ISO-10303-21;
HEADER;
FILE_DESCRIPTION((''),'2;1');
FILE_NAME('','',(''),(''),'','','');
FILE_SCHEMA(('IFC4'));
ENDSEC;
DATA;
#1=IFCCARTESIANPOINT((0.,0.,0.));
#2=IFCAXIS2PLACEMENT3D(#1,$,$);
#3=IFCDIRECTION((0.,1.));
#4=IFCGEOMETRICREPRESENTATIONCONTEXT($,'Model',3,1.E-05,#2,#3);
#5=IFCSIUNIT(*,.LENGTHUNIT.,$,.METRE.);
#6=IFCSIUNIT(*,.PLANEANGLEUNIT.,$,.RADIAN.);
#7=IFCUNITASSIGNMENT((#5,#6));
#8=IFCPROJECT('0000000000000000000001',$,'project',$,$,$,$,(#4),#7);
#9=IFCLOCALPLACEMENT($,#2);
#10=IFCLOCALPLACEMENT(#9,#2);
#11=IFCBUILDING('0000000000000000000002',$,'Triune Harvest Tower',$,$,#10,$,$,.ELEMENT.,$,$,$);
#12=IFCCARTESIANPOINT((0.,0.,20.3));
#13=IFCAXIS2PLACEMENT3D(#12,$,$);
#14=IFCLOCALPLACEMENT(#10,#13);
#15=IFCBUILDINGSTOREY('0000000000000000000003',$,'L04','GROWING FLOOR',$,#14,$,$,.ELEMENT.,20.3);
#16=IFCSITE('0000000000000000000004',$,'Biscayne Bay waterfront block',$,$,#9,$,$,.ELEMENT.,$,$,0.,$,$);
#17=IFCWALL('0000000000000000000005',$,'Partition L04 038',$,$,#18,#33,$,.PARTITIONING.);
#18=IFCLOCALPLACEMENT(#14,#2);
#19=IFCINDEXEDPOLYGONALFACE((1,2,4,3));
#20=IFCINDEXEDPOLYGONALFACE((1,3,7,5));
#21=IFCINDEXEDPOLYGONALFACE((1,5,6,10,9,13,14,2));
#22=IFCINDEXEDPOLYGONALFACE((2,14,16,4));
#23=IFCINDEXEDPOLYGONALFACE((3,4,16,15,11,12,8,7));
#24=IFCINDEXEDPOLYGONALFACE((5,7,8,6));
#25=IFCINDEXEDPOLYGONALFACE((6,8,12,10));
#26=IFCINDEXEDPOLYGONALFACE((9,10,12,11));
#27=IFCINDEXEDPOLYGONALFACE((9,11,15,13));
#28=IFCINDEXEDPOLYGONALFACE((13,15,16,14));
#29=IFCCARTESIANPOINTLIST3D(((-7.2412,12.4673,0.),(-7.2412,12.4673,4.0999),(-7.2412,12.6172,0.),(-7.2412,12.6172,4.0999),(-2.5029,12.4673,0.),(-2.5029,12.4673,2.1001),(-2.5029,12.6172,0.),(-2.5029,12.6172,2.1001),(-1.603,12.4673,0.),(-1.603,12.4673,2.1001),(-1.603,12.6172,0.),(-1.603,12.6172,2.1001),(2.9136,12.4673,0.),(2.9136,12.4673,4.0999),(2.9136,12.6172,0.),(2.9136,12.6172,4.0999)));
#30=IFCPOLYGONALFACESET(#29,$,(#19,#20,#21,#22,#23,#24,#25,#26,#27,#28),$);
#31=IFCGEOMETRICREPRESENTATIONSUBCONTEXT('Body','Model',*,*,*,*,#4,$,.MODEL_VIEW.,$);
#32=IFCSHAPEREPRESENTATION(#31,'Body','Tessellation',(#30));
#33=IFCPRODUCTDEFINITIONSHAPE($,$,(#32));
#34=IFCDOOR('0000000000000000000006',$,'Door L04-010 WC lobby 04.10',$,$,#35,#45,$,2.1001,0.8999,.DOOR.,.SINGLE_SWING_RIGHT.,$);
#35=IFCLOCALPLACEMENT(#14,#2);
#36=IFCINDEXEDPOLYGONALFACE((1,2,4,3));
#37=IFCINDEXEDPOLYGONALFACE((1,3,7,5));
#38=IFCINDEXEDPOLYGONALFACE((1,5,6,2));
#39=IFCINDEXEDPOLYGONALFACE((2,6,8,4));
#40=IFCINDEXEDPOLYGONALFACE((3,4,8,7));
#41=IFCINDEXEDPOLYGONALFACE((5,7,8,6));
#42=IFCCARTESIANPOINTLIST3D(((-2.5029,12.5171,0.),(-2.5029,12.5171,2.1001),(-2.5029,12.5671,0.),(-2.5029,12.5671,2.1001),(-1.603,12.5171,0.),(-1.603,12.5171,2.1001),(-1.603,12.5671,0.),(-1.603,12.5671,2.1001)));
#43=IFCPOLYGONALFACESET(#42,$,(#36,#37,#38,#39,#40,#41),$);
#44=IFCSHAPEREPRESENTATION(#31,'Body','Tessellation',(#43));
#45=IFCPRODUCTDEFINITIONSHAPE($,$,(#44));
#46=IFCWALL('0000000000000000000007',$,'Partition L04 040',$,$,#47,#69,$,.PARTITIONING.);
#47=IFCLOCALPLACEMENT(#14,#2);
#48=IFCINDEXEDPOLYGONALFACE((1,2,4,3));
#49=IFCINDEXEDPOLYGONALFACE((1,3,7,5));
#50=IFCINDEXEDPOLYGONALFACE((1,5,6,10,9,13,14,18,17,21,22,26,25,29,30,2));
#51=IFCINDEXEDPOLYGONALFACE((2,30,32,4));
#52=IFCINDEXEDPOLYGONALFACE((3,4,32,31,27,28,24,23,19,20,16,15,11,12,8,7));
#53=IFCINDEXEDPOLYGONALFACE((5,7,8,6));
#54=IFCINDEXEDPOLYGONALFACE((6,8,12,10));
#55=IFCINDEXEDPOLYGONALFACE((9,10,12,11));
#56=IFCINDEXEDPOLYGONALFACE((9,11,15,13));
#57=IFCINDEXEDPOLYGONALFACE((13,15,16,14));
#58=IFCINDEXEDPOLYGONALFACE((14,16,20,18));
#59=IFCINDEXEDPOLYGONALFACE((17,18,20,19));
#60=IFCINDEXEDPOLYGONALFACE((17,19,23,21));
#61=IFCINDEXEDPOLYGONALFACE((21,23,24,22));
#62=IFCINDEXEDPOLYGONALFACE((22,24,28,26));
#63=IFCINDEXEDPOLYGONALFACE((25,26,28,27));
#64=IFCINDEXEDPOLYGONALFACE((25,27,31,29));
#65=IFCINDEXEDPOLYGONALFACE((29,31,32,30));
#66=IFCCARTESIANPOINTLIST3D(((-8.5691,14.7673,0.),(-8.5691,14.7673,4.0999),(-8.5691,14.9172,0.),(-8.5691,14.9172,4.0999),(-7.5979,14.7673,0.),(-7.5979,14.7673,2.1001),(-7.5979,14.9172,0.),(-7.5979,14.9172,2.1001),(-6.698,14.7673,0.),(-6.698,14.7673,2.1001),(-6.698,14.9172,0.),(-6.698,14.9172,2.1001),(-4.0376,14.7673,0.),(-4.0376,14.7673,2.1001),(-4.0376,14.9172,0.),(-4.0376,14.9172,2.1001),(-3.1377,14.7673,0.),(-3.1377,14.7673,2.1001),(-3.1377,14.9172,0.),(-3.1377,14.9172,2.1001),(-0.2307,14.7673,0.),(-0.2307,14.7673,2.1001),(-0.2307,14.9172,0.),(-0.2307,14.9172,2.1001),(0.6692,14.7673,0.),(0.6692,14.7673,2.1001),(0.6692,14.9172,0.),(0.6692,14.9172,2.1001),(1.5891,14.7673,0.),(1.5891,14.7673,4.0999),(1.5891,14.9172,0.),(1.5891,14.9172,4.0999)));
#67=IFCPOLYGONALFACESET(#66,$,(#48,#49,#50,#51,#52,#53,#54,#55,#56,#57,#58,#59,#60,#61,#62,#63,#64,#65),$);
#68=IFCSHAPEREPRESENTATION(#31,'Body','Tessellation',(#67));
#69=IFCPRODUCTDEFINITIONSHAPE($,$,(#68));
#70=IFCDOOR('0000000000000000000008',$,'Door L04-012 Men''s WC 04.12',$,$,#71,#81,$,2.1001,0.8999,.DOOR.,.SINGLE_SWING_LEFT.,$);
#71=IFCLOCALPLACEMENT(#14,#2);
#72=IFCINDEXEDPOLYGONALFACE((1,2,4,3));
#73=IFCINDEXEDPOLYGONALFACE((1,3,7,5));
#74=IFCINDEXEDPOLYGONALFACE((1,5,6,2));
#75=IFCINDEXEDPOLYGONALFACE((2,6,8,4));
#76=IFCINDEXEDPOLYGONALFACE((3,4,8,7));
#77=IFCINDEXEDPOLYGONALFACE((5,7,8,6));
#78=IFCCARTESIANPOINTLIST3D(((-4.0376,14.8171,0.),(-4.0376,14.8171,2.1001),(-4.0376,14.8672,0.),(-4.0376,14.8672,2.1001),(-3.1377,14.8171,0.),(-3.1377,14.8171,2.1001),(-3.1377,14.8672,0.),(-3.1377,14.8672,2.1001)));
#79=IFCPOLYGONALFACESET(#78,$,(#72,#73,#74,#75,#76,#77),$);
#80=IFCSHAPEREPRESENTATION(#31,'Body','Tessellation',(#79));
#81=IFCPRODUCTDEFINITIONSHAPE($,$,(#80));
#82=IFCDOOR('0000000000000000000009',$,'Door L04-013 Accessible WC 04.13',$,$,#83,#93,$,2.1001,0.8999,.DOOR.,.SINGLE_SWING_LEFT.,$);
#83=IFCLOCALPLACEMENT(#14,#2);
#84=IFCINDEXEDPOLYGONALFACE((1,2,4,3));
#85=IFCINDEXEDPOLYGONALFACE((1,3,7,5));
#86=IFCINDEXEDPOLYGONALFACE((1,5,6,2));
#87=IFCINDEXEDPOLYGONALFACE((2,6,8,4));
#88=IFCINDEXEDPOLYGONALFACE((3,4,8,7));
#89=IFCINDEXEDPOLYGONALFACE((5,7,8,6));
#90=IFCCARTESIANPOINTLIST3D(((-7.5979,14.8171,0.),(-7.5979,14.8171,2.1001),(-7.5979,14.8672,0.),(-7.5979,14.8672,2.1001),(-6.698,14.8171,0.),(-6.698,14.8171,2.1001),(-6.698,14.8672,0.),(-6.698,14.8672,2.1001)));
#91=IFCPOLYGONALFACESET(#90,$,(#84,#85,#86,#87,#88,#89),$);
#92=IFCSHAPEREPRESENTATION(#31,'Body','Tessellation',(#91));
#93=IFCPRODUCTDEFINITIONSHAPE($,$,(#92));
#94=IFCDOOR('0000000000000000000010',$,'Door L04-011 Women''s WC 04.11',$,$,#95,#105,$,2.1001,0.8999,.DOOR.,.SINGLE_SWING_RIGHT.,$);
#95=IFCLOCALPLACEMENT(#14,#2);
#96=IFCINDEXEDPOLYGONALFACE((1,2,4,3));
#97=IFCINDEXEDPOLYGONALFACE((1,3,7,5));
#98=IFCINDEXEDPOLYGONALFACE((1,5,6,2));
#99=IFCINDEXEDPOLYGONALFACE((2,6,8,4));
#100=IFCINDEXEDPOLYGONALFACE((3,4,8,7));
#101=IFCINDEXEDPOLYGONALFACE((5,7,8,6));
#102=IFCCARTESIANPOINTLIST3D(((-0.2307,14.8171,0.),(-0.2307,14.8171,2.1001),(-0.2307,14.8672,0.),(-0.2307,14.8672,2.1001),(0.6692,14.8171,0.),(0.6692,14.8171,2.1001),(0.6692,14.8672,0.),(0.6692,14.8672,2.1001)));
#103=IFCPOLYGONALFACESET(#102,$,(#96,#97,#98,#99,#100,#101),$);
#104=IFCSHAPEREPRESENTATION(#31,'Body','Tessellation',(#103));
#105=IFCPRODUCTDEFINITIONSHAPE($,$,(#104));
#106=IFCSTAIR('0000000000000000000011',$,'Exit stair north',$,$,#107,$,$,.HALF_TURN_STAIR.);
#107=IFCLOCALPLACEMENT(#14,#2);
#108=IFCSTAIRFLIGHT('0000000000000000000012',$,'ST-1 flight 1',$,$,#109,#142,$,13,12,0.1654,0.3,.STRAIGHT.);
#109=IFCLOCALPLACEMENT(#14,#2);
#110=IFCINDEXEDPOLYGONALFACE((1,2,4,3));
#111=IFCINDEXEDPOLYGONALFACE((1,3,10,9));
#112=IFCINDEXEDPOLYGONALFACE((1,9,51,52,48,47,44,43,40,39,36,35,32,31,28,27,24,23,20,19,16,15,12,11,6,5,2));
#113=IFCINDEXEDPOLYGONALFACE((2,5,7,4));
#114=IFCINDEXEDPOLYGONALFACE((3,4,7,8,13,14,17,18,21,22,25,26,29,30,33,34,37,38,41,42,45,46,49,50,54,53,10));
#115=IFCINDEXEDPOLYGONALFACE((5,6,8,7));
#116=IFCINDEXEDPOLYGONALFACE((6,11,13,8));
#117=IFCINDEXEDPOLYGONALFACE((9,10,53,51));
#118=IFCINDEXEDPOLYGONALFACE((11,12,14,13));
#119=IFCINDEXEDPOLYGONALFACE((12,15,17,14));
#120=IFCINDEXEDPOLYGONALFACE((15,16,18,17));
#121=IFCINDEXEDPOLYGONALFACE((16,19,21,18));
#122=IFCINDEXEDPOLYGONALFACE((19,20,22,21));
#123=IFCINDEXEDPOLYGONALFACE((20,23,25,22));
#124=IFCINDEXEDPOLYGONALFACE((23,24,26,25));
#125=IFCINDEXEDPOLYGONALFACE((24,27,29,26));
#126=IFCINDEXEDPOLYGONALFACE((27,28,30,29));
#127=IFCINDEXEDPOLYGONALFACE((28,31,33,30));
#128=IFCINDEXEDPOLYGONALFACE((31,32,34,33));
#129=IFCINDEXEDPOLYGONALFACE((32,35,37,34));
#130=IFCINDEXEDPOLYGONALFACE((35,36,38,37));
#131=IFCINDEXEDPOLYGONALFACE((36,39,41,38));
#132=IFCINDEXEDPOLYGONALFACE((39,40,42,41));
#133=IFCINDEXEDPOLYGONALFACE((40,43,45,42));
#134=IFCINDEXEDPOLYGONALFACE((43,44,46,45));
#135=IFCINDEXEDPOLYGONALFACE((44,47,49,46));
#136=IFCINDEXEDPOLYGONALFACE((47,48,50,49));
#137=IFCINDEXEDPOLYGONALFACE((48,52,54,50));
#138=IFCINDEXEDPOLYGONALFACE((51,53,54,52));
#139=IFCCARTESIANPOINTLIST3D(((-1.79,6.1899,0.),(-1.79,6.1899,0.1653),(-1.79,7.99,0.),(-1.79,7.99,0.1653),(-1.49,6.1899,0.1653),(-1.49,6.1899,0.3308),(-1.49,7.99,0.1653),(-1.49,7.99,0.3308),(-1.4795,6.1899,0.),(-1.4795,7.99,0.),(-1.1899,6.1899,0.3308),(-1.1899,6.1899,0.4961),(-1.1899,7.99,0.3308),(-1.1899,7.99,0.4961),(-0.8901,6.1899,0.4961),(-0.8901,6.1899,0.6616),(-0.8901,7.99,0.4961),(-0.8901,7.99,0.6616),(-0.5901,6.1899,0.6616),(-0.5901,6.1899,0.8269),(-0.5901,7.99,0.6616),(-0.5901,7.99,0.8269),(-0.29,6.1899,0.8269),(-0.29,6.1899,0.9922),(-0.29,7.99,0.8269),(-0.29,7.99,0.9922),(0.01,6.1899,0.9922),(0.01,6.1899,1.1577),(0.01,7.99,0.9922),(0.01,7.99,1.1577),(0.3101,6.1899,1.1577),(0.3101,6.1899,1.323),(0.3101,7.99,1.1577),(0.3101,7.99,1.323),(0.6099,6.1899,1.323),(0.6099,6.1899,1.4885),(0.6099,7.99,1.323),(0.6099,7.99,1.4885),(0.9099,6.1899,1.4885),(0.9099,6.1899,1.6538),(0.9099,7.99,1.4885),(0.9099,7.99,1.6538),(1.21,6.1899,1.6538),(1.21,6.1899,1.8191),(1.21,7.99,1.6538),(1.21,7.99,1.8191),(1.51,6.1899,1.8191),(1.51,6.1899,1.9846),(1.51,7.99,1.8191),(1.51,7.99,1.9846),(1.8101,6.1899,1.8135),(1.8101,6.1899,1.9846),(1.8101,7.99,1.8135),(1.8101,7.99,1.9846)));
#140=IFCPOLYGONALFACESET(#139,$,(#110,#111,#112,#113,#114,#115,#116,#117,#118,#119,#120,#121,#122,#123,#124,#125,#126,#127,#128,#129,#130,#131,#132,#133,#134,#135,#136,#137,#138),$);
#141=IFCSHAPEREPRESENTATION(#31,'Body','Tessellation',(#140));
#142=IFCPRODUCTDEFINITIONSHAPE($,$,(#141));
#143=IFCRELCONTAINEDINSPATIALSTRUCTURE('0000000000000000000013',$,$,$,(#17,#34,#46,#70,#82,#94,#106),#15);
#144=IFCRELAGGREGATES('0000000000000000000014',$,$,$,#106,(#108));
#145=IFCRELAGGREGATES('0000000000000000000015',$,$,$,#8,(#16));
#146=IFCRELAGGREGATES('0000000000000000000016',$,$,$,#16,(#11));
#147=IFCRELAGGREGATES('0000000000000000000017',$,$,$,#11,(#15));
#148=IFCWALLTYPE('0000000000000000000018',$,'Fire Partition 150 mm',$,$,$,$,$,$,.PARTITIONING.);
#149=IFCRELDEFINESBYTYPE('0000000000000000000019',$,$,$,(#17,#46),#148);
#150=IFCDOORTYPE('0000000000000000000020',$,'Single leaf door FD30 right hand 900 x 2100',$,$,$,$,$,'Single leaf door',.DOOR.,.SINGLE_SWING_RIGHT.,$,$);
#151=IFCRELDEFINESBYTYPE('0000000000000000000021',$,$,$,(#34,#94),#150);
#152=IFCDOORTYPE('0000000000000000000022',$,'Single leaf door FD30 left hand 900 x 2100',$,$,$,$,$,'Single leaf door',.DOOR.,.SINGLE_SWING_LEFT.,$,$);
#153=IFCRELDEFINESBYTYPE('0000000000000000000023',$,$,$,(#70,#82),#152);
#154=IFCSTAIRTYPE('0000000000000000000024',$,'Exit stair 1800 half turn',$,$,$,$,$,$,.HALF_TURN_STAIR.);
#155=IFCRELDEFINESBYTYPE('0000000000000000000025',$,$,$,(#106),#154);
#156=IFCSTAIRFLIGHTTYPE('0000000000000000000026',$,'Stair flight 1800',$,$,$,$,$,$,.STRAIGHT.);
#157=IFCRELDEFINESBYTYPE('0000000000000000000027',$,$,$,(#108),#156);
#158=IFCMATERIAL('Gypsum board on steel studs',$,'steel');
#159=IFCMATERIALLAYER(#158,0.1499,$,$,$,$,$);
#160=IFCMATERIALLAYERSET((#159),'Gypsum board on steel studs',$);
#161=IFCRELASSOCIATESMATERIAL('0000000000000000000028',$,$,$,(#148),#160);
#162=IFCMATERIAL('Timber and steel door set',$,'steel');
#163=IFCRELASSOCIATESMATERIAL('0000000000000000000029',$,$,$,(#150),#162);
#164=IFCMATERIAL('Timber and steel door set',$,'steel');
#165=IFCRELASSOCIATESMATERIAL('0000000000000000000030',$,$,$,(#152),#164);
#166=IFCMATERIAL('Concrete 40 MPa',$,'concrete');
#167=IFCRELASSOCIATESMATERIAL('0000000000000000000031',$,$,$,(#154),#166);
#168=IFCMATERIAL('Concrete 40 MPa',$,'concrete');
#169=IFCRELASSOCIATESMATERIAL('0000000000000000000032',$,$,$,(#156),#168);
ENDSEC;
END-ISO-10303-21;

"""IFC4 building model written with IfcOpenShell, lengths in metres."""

from ifc_helpers import new_model, si_unit, direction, frame, frame_2d, origin, place, context, subcontext, project, spatial, polyline, rectangle, outline, extrude, source, transform, mapped, material, layer, layer_set, type_object, element, fill, aggregate, save


model = new_model("IFC4")

# Units and contexts
model_context = context("Model", 3, precision=1e-05, world=origin(), true_north=direction((0.0, 1.0)))
body_context = subcontext(model_context, "Body", "Model", "MODEL_VIEW")
ifc_project = project(units=[si_unit("LENGTHUNIT", "METRE"), si_unit("PLANEANGLEUNIT", "RADIAN")], contexts=[model_context])

# Site, building, storey
site_placement = place(None, origin())
site = spatial("IfcSite", under=ifc_project, at=site_placement, Name="Biscayne Bay waterfront block", CompositionType="ELEMENT", RefElevation=0.0)
building_placement = place(site_placement, origin())
building = spatial("IfcBuilding", under=site, at=building_placement, Name="Triune Harvest Tower", CompositionType="ELEMENT")
storey_placement = place(building_placement, frame((0.0, 0.0, 20.3)))
storey = spatial("IfcBuildingStorey", under=building, at=storey_placement, Name="L04", Description="GROWING FLOOR", CompositionType="ELEMENT", Elevation=20.3)

# Wall, opening, door
ifc_material_1 = material(Name="Gypsum board on steel studs", Category="steel")
ifc_layer_1 = layer(ifc_material_1, 0.1499)
ifc_layer_set_1 = layer_set([ifc_layer_1], Name="Gypsum board on steel studs")
wall_type_1 = type_object("IfcWallType", Name="Fire Partition 150 mm", PredefinedType="PARTITIONING", material=ifc_layer_set_1)
shared_shape_1 = source(origin(), body_context, "Body", "SweptSolid", [
    extrude(rectangle(XDim=10.1548, YDim=0.1499, at=frame_2d((5.0774, 0.0))), origin(), (0.0, 0.0, 1.0), 4.0999),
])
wall_1_placement = place(storey_placement, frame((-7.2412, 12.5422, 0.0), z_axis=(0.0, 0.0, 1.0), x_axis=(1.0, 0.0, 0.0)))
wall_1 = element("IfcWall", 1, at=wall_1_placement, inside=storey, type_object=wall_type_1, Name="Partition L04 038", PredefinedType="PARTITIONING", context=body_context, shape_type="MappedRepresentation", body=[
    mapped(shared_shape_1, transform((0.0, 0.0, 0.0), scale=1.0)),
])
opening_1_placement = place(wall_1_placement, frame((4.7383, 0.0, 0.0)))
opening_1 = element("IfcOpeningElement", 2, at=opening_1_placement, cuts=wall_1, PredefinedType="OPENING", context=body_context, shape_type="SweptSolid", body=[
    extrude(rectangle(XDim=0.8999, YDim=2.1001, at=frame_2d((0.45, 1.05))), frame((0.0, 0.085, 0.0), z_axis=(0.0, -1.0, 0.0), x_axis=(1.0, 0.0, 0.0)), (0.0, 0.0, 1.0), 0.1699),
])
ifc_material_2 = material(Name="Timber and steel door set", Category="steel")
door_type_1 = type_object("IfcDoorType", Name="Single leaf door FD30 right hand 900 x 2100", ElementType="Single leaf door", OperationType="SINGLE_SWING_RIGHT", PredefinedType="DOOR", material=ifc_material_2)
door_1_placement = place(opening_1_placement, origin())
door_1 = element("IfcDoor", 3, at=door_1_placement, inside=storey, type_object=door_type_1, Name="Door L04-010 WC lobby 04.10", OperationType="SINGLE_SWING_RIGHT", OverallHeight=2.1001, OverallWidth=0.8999, PredefinedType="DOOR", context=body_context, shape_type="SweptSolid", body=[
    extrude(rectangle(XDim=0.8999, YDim=2.1001, at=frame_2d((0.45, 1.05))), frame((0.0, 0.0249, 0.0), z_axis=(0.0, -1.0, 0.0), x_axis=(1.0, 0.0, 0.0)), (0.0, 0.0, 1.0), 0.05),
])
fill(opening_1, door_1)

# Wall, openings, doors
shared_shape_2 = source(origin(), body_context, "Body", "SweptSolid", [
    extrude(rectangle(XDim=10.1582, YDim=0.1499, at=frame_2d((5.0791, 0.0))), origin(), (0.0, 0.0, 1.0), 4.0999),
])
wall_2_placement = place(storey_placement, frame((-8.5691, 14.8423, 0.0), z_axis=(0.0, 0.0, 1.0), x_axis=(1.0, 0.0, 0.0)))
wall_2 = element("IfcWall", 4, at=wall_2_placement, inside=storey, type_object=wall_type_1, Name="Partition L04 040", PredefinedType="PARTITIONING", context=body_context, shape_type="MappedRepresentation", body=[
    mapped(shared_shape_2, transform((0.0, 0.0, 0.0), scale=1.0)),
])
opening_2_placement = place(wall_2_placement, frame((8.3384, 0.0, 0.0)))
opening_2 = element("IfcOpeningElement", 5, at=opening_2_placement, cuts=wall_2, PredefinedType="OPENING", context=body_context, shape_type="SweptSolid", body=[
    extrude(rectangle(XDim=0.8999, YDim=2.1001, at=frame_2d((0.45, 1.05))), frame((0.0, 0.085, 0.0), z_axis=(0.0, -1.0, 0.0), x_axis=(1.0, 0.0, 0.0)), (0.0, 0.0, 1.0), 0.1699),
])
opening_3_placement = place(wall_2_placement, frame((4.5315, 0.0, 0.0)))
opening_3 = element("IfcOpeningElement", 6, at=opening_3_placement, cuts=wall_2, PredefinedType="OPENING", context=body_context, shape_type="SweptSolid", body=[
    extrude(rectangle(XDim=0.8999, YDim=2.1001, at=frame_2d((0.45, 1.05))), frame((0.0, 0.085, 0.0), z_axis=(0.0, -1.0, 0.0), x_axis=(1.0, 0.0, 0.0)), (0.0, 0.0, 1.0), 0.1699),
])
opening_4_placement = place(wall_2_placement, frame((0.9712, 0.0, 0.0)))
opening_4 = element("IfcOpeningElement", 7, at=opening_4_placement, cuts=wall_2, PredefinedType="OPENING", context=body_context, shape_type="SweptSolid", body=[
    extrude(rectangle(XDim=0.8999, YDim=2.1001, at=frame_2d((0.45, 1.05))), frame((0.0, 0.085, 0.0), z_axis=(0.0, -1.0, 0.0), x_axis=(1.0, 0.0, 0.0)), (0.0, 0.0, 1.0), 0.1699),
])
ifc_material_3 = material(Name="Timber and steel door set", Category="steel")
door_type_2 = type_object("IfcDoorType", Name="Single leaf door FD30 left hand 900 x 2100", ElementType="Single leaf door", OperationType="SINGLE_SWING_LEFT", PredefinedType="DOOR", material=ifc_material_3)
door_2_placement = place(opening_3_placement, origin())
door_2 = element("IfcDoor", 8, at=door_2_placement, inside=storey, type_object=door_type_2, Name="Door L04-012 Men's WC 04.12", OperationType="SINGLE_SWING_LEFT", OverallHeight=2.1001, OverallWidth=0.8999, PredefinedType="DOOR", context=body_context, shape_type="SweptSolid", body=[
    extrude(rectangle(XDim=0.8999, YDim=2.1001, at=frame_2d((0.45, 1.05))), frame((0.0, 0.0249, 0.0), z_axis=(0.0, -1.0, 0.0), x_axis=(1.0, 0.0, 0.0)), (0.0, 0.0, 1.0), 0.05),
])
fill(opening_3, door_2)
door_3_placement = place(opening_4_placement, origin())
door_3 = element("IfcDoor", 9, at=door_3_placement, inside=storey, type_object=door_type_2, Name="Door L04-013 Accessible WC 04.13", OperationType="SINGLE_SWING_LEFT", OverallHeight=2.1001, OverallWidth=0.8999, PredefinedType="DOOR", context=body_context, shape_type="SweptSolid", body=[
    extrude(rectangle(XDim=0.8999, YDim=2.1001, at=frame_2d((0.45, 1.05))), frame((0.0, 0.0249, 0.0), z_axis=(0.0, -1.0, 0.0), x_axis=(1.0, 0.0, 0.0)), (0.0, 0.0, 1.0), 0.05),
])
fill(opening_4, door_3)
door_4_placement = place(opening_2_placement, origin())
door_4 = element("IfcDoor", 10, at=door_4_placement, inside=storey, type_object=door_type_1, Name="Door L04-011 Women's WC 04.11", OperationType="SINGLE_SWING_RIGHT", OverallHeight=2.1001, OverallWidth=0.8999, PredefinedType="DOOR", context=body_context, shape_type="SweptSolid", body=[
    extrude(rectangle(XDim=0.8999, YDim=2.1001, at=frame_2d((0.45, 1.05))), frame((0.0, 0.0249, 0.0), z_axis=(0.0, -1.0, 0.0), x_axis=(1.0, 0.0, 0.0)), (0.0, 0.0, 1.0), 0.05),
])
fill(opening_2, door_4)

# Stair, stair flight
ifc_material_4 = material(Name="Concrete 40 MPa", Category="concrete")
stair_type = type_object("IfcStairType", Name="Exit stair 1800 half turn", PredefinedType="HALF_TURN_STAIR", material=ifc_material_4)
stair_placement = place(storey_placement, origin())
stair = element("IfcStair", 11, at=stair_placement, inside=storey, type_object=stair_type, Name="Exit stair north", PredefinedType="HALF_TURN_STAIR")
ifc_material_5 = material(Name="Concrete 40 MPa", Category="concrete")
stair_flight_type = type_object("IfcStairFlightType", Name="Stair flight 1800", PredefinedType="STRAIGHT", material=ifc_material_5)
shared_shape_3 = source(origin(), body_context, "Body", "SweptSolid", [
    extrude(outline(polyline([(0.0, 0.0), (0.0, 0.1653), (0.3, 0.1653), (0.3, 0.3308), (0.6001, 0.3308), (0.6001, 0.4961), (0.8999, 0.4961), (0.8999, 0.6616), (1.2, 0.6616), (1.2, 0.8269), (1.5, 0.8269), (1.5, 0.9922), (1.8, 0.9922), (1.8, 1.1577), (2.1001, 1.1577), (2.1001, 1.323), (2.3999, 1.323), (2.3999, 1.4885), (2.7, 1.4885), (2.7, 1.6538), (3.0, 1.6538), (3.0, 1.8191), (3.3, 1.8191), (3.3, 1.9846), (3.6001, 1.9846), (3.6001, 2.1499), (3.6001, 1.8135), (0.3105, 0.0), (0.0, 0.0)])), frame((0.0, 0.8999, 0.0), z_axis=(0.0, -1.0, 0.0), x_axis=(1.0, 0.0, 0.0)), (0.0, 0.0, 1.0), 1.8),
])
stair_flight_placement = place(storey_placement, frame((-1.79, 7.0901, 0.0), z_axis=(0.0, 0.0, 1.0), x_axis=(1.0, 0.0, 0.0)))
stair_flight = element("IfcStairFlight", 12, at=stair_flight_placement, type_object=stair_flight_type, Name="ST-1 flight 1", NumberOfRisers=13, NumberOfTreads=12, PredefinedType="STRAIGHT", RiserHeight=0.1654, TreadLength=0.3, context=body_context, shape_type="MappedRepresentation", body=[
    mapped(shared_shape_3, transform((0.0, 0.0, 0.0), scale=1.0)),
])
aggregate(stair, [stair_flight])

save(model, "model.ifc")
